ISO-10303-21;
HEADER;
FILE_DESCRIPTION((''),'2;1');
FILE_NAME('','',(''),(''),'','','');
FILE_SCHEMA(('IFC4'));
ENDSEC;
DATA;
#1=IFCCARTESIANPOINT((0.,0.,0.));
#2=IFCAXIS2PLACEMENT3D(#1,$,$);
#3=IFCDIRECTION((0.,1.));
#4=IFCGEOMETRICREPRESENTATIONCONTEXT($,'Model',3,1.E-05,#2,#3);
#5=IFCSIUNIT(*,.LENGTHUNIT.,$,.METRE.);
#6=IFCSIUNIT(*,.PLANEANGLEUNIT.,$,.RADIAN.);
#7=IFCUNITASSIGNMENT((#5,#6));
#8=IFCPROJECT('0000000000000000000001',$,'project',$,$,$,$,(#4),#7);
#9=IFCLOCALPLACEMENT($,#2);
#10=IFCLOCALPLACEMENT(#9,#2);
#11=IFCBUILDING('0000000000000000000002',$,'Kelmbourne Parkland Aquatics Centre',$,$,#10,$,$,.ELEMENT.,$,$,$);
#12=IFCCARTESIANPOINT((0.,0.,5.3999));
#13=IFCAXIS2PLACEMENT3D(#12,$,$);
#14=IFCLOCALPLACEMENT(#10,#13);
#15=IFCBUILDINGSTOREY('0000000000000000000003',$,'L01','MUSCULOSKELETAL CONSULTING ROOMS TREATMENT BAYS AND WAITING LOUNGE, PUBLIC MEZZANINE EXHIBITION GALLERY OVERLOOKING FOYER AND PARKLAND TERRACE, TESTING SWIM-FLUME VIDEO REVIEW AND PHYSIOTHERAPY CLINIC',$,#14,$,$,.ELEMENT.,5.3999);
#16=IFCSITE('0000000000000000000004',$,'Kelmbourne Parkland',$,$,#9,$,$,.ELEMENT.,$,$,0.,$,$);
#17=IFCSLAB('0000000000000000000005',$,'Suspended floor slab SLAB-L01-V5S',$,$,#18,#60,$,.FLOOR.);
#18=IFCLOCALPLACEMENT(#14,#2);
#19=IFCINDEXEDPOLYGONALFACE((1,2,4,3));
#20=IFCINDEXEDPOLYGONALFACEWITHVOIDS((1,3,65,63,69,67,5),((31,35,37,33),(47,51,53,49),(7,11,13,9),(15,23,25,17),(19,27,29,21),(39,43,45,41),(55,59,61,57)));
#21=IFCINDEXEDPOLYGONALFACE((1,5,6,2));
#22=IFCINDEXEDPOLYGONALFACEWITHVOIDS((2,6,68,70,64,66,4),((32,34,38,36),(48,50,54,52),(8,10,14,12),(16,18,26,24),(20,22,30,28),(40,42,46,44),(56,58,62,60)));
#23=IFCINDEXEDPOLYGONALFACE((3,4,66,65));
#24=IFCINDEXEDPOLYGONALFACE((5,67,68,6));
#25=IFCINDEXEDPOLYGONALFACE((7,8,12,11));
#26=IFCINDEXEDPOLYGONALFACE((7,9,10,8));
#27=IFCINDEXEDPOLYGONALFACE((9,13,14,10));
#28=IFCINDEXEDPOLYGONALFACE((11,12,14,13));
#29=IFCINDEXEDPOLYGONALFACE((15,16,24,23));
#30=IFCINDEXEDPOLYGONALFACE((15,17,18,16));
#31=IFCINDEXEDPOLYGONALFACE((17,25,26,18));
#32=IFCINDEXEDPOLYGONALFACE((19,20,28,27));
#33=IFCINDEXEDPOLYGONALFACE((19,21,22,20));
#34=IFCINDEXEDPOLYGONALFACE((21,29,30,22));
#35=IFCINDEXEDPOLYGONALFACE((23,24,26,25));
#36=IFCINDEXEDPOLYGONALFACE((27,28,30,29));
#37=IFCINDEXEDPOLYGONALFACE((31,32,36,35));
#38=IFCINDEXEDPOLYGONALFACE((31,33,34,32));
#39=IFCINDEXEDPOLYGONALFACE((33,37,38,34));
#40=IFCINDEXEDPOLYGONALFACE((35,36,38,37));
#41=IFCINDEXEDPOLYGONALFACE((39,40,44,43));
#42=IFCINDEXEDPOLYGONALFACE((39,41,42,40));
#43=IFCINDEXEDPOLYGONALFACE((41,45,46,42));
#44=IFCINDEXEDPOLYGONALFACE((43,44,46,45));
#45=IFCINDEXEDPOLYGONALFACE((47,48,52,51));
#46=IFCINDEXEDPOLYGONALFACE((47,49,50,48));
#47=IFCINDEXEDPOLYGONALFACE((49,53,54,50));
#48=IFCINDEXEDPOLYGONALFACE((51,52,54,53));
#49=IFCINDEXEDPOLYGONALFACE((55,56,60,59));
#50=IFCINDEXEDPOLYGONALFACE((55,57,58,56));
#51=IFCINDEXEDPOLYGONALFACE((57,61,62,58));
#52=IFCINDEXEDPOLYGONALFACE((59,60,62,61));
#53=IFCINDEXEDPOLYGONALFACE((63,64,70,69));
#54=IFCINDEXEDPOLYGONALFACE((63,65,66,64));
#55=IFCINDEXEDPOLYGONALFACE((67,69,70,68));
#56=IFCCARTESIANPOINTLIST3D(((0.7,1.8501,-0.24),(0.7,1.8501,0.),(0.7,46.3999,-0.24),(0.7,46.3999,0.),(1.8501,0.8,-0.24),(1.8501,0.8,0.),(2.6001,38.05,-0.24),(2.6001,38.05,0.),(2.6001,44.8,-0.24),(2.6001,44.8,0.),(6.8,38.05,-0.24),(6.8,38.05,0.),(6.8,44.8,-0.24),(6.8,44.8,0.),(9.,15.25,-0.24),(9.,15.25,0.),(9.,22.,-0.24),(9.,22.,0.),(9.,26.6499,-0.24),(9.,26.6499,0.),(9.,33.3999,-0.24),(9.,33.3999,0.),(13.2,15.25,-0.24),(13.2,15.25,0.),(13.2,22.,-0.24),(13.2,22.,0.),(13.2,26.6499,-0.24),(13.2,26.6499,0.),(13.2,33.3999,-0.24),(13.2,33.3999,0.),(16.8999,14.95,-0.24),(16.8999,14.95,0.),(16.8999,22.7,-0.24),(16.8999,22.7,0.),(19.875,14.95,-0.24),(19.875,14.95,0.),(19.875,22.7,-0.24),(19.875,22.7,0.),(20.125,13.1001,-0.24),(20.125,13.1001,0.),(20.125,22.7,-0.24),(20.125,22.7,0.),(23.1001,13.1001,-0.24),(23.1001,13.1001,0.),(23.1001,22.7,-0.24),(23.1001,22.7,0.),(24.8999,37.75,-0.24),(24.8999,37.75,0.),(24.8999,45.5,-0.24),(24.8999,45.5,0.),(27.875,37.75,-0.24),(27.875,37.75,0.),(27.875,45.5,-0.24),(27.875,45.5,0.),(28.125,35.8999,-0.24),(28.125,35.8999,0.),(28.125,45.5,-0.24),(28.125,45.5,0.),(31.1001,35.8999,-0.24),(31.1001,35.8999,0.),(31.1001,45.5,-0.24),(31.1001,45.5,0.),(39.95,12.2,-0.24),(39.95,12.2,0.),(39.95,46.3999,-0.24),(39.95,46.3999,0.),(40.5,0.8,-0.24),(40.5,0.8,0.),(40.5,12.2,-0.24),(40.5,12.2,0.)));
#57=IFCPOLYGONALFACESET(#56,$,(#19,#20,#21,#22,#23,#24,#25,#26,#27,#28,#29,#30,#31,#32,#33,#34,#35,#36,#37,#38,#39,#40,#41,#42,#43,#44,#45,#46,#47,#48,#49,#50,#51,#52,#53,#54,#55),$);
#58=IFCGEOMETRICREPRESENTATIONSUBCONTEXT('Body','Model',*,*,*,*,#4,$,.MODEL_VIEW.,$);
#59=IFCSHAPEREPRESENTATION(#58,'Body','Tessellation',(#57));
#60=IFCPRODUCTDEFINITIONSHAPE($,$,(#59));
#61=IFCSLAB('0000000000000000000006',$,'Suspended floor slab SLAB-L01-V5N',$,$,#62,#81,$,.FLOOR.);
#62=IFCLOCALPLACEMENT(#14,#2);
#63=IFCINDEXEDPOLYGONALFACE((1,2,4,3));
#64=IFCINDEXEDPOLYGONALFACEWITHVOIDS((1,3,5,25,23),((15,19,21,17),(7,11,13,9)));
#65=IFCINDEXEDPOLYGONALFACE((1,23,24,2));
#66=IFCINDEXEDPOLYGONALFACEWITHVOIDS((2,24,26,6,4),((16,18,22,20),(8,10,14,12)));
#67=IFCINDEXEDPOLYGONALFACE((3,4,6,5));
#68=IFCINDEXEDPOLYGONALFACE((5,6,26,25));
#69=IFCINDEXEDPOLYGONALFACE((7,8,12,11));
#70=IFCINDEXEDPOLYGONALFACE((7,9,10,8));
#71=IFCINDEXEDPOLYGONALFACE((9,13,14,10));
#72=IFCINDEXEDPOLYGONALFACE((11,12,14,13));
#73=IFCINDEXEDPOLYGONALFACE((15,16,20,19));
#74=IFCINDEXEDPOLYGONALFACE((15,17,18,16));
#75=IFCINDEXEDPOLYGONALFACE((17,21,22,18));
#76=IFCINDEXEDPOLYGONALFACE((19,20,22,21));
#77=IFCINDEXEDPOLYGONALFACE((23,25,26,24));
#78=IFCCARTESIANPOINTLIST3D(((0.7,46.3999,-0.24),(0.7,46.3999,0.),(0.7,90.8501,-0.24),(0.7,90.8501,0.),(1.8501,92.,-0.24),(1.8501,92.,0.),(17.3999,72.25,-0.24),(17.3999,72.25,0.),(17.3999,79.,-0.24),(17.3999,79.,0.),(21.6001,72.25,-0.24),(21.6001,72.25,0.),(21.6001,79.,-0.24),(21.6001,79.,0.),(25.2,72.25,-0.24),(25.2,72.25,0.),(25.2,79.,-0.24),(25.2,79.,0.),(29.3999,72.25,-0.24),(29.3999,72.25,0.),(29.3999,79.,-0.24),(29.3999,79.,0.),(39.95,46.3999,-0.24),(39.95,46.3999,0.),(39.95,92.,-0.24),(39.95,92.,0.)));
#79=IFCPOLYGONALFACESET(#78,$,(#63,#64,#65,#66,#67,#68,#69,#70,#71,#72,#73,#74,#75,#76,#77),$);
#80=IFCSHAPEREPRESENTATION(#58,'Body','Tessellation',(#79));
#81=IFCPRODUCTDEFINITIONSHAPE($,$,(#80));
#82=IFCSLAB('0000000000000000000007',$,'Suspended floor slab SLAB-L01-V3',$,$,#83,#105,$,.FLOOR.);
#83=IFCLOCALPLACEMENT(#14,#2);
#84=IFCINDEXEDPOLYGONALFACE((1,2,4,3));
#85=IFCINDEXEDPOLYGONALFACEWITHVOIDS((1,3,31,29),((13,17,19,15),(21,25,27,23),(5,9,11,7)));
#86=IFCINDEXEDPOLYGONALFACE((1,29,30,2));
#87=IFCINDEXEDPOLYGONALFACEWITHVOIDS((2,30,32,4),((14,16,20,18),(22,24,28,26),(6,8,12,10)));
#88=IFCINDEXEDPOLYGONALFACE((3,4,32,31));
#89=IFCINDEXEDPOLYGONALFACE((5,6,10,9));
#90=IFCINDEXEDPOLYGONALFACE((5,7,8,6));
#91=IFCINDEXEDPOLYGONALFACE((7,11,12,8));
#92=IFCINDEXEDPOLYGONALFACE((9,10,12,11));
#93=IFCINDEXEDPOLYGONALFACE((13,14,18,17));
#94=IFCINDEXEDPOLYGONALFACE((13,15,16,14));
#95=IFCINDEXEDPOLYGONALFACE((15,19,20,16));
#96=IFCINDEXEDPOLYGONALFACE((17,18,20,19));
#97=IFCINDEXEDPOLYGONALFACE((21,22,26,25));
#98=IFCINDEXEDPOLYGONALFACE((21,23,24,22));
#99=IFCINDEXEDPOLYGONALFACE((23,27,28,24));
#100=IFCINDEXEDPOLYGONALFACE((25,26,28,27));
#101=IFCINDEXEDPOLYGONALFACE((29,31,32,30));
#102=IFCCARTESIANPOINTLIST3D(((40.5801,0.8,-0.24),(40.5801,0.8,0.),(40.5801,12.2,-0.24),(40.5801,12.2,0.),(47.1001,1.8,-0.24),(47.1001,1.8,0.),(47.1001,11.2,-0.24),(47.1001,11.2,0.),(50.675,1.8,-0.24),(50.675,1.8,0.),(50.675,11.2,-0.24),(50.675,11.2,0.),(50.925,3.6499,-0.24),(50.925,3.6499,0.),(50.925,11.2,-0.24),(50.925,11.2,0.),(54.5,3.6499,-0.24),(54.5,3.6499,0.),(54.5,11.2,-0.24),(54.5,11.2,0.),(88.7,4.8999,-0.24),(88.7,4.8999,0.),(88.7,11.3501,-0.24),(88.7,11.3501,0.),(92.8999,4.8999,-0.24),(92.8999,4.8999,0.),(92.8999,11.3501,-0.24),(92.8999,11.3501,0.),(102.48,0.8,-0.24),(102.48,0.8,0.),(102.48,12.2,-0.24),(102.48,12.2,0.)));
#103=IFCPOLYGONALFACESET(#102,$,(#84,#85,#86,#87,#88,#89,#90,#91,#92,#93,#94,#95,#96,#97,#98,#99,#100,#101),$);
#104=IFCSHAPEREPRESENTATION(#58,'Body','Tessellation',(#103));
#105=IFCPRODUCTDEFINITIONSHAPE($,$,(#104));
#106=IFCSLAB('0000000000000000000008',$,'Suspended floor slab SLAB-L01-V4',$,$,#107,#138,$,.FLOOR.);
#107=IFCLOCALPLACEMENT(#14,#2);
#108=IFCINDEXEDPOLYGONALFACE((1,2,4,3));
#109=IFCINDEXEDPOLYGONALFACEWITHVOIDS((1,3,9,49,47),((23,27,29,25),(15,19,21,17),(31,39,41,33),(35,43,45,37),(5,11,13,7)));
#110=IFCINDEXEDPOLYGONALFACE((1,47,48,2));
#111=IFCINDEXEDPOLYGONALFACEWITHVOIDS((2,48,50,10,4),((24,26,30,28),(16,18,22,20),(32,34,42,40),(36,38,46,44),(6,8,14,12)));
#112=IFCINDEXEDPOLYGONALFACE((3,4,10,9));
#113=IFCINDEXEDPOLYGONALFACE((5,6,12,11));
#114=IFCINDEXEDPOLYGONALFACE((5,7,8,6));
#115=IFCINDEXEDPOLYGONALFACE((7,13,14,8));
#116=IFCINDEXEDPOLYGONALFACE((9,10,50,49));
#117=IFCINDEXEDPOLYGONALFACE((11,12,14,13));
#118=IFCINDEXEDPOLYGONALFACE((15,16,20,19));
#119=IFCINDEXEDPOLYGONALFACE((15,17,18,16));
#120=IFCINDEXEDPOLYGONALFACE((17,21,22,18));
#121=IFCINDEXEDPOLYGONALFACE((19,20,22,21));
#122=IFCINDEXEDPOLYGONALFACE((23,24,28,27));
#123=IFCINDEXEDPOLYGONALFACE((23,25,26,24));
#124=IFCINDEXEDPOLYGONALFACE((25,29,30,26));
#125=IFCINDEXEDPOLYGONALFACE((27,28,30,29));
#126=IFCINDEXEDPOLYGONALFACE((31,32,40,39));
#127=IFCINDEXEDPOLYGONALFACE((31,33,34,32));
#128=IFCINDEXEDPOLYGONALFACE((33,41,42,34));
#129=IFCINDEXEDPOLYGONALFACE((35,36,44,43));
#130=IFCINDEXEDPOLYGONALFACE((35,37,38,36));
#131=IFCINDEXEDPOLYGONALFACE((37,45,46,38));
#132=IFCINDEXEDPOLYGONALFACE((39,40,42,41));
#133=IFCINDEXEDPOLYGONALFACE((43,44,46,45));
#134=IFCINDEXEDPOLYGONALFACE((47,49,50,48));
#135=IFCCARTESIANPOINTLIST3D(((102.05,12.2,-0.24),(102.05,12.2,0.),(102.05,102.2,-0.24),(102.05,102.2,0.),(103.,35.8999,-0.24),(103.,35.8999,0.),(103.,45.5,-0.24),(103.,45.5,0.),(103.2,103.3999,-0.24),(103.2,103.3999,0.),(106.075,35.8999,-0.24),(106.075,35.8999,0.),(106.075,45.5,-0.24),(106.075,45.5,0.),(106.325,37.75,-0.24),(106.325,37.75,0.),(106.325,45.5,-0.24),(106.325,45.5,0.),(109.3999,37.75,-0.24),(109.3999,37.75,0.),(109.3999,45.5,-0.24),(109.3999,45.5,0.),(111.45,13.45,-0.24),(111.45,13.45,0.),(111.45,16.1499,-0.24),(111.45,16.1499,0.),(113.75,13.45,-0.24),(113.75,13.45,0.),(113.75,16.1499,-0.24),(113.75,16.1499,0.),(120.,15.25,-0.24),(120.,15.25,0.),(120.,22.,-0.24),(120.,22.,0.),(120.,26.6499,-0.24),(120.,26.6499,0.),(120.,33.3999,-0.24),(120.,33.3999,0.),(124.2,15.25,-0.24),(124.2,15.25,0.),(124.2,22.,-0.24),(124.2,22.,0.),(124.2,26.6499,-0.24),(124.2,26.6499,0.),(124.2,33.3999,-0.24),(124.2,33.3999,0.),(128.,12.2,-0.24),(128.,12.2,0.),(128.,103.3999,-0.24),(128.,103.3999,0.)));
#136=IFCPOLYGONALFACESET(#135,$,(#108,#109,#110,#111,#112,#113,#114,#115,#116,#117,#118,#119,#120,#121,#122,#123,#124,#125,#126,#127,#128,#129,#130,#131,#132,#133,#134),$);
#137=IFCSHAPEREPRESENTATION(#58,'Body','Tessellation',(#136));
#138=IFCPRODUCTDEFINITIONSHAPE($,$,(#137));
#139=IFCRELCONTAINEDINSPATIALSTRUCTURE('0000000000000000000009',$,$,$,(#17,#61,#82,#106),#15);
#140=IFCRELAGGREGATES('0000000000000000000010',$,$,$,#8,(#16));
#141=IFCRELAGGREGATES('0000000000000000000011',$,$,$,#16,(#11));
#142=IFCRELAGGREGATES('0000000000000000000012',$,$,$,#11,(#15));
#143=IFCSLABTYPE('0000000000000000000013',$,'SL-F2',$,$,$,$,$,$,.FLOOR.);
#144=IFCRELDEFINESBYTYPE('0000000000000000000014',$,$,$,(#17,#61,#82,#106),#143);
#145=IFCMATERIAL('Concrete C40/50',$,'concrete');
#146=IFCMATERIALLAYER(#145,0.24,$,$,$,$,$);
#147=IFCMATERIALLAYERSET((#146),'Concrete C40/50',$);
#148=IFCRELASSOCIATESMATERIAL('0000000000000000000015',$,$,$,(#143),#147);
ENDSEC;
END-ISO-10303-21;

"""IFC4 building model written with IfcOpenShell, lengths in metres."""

from ifc_helpers import new_model, si_unit, direction, frame, origin, place, context, subcontext, project, spatial, polyline, outline, extrude, material, layer, layer_set, type_object, element, save


model = new_model("IFC4")

# Units and contexts
model_context = context("Model", 3, precision=1e-05, world=origin(), true_north=direction((0.0, 1.0)))
body_context = subcontext(model_context, "Body", "Model", "MODEL_VIEW")
ifc_project = project(units=[si_unit("LENGTHUNIT", "METRE"), si_unit("PLANEANGLEUNIT", "RADIAN")], contexts=[model_context])

# Site, building, storey
site_placement = place(None, origin())
site = spatial("IfcSite", under=ifc_project, at=site_placement, Name="Kelmbourne Parkland", CompositionType="ELEMENT", RefElevation=0.0)
building_placement = place(site_placement, origin())
building = spatial("IfcBuilding", under=site, at=building_placement, Name="Kelmbourne Parkland Aquatics Centre", CompositionType="ELEMENT")
storey_placement = place(building_placement, frame((0.0, 0.0, 5.3999)))
storey = spatial("IfcBuildingStorey", under=building, at=storey_placement, Name="L01", Description="MUSCULOSKELETAL CONSULTING ROOMS TREATMENT BAYS AND WAITING LOUNGE, PUBLIC MEZZANINE EXHIBITION GALLERY OVERLOOKING FOYER AND PARKLAND TERRACE, TESTING SWIM-FLUME VIDEO REVIEW AND PHYSIOTHERAPY CLINIC", CompositionType="ELEMENT", Elevation=5.3999)

# Slabs
ifc_material_1 = material(Name="Concrete C40/50", Category="concrete")
ifc_layer_1 = layer(ifc_material_1, 0.24)
ifc_layer_set_1 = layer_set([ifc_layer_1], Name="Concrete C40/50")
slab_type_1 = type_object("IfcSlabType", Name="SL-F2", PredefinedType="FLOOR", material=ifc_layer_set_1)
slab_1_placement = place(storey_placement, frame((0.0, 0.0, -0.24)))
element("IfcSlab", 1, at=slab_1_placement, inside=storey, type_object=slab_type_1, Name="Suspended floor slab SLAB-L01-V5S", PredefinedType="FLOOR", context=body_context, shape_type="SweptSolid", body=[
    extrude(outline(polyline([(40.5, 0.8), (40.5, 12.2), (39.95, 12.2), (39.95, 46.3999), (0.7, 46.3999), (0.7, 1.8501), (1.8501, 0.8), (40.5, 0.8)]), holes=[polyline([(20.125, 22.7), (23.1001, 22.7), (23.1001, 13.1001), (20.125, 13.1001), (20.125, 22.7)]), polyline([(13.2, 22.0), (13.2, 15.25), (9.0, 15.25), (9.0, 22.0), (13.2, 22.0)]), polyline([(19.875, 22.7), (19.875, 14.95), (16.8999, 14.95), (16.8999, 22.7), (19.875, 22.7)]), polyline([(13.2, 33.3999), (13.2, 26.6499), (9.0, 26.6499), (9.0, 33.3999), (13.2, 33.3999)]), polyline([(31.1001, 45.5), (31.1001, 35.8999), (28.125, 35.8999), (28.125, 45.5), (31.1001, 45.5)]), polyline([(6.8, 44.8), (6.8, 38.05), (2.6001, 38.05), (2.6001, 44.8), (6.8, 44.8)]), polyline([(27.875, 45.5), (27.875, 37.75), (24.8999, 37.75), (24.8999, 45.5), (27.875, 45.5)])]), origin(), (0.0, 0.0, 1.0), 0.24),
])
slab_2_placement = place(storey_placement, frame((0.0, 0.0, -0.24)))
element("IfcSlab", 2, at=slab_2_placement, inside=storey, type_object=slab_type_1, Name="Suspended floor slab SLAB-L01-V5N", PredefinedType="FLOOR", context=body_context, shape_type="SweptSolid", body=[
    extrude(outline(polyline([(0.7, 46.3999), (39.95, 46.3999), (39.95, 92.0), (1.8501, 92.0), (0.7, 90.8501), (0.7, 46.3999)]), holes=[polyline([(17.3999, 72.25), (17.3999, 79.0), (21.6001, 79.0), (21.6001, 72.25), (17.3999, 72.25)]), polyline([(25.2, 72.25), (25.2, 79.0), (29.3999, 79.0), (29.3999, 72.25), (25.2, 72.25)])]), origin(), (0.0, 0.0, 1.0), 0.24),
])
slab_3_placement = place(storey_placement, frame((0.0, 0.0, -0.24)))
element("IfcSlab", 3, at=slab_3_placement, inside=storey, type_object=slab_type_1, Name="Suspended floor slab SLAB-L01-V3", PredefinedType="FLOOR", context=body_context, shape_type="SweptSolid", body=[
    extrude(outline(polyline([(40.5801, 0.8), (102.48, 0.8), (102.48, 12.2), (40.5801, 12.2), (40.5801, 0.8)]), holes=[polyline([(47.1001, 1.8), (47.1001, 11.2), (50.675, 11.2), (50.675, 1.8), (47.1001, 1.8)]), polyline([(50.925, 11.2), (54.5, 11.2), (54.5, 3.6499), (50.925, 3.6499), (50.925, 11.2)]), polyline([(88.7, 11.3501), (92.8999, 11.3501), (92.8999, 4.8999), (88.7, 4.8999), (88.7, 11.3501)])]), origin(), (0.0, 0.0, 1.0), 0.24),
])
slab_4_placement = place(storey_placement, frame((0.0, 0.0, -0.24)))
element("IfcSlab", 4, at=slab_4_placement, inside=storey, type_object=slab_type_1, Name="Suspended floor slab SLAB-L01-V4", PredefinedType="FLOOR", context=body_context, shape_type="SweptSolid", body=[
    extrude(outline(polyline([(102.05, 12.2), (128.0, 12.2), (128.0, 103.3999), (103.2, 103.3999), (102.05, 102.2), (102.05, 12.2)]), holes=[polyline([(111.45, 16.1499), (113.75, 16.1499), (113.75, 13.45), (111.45, 13.45), (111.45, 16.1499)]), polyline([(120.0, 22.0), (124.2, 22.0), (124.2, 15.25), (120.0, 15.25), (120.0, 22.0)]), polyline([(120.0, 33.3999), (124.2, 33.3999), (124.2, 26.6499), (120.0, 26.6499), (120.0, 33.3999)]), polyline([(106.075, 45.5), (106.075, 35.8999), (103.0, 35.8999), (103.0, 45.5), (106.075, 45.5)]), polyline([(109.3999, 45.5), (109.3999, 37.75), (106.325, 37.75), (106.325, 45.5), (109.3999, 45.5)])]), origin(), (0.0, 0.0, 1.0), 0.24),
])

save(model, "model.ifc")
